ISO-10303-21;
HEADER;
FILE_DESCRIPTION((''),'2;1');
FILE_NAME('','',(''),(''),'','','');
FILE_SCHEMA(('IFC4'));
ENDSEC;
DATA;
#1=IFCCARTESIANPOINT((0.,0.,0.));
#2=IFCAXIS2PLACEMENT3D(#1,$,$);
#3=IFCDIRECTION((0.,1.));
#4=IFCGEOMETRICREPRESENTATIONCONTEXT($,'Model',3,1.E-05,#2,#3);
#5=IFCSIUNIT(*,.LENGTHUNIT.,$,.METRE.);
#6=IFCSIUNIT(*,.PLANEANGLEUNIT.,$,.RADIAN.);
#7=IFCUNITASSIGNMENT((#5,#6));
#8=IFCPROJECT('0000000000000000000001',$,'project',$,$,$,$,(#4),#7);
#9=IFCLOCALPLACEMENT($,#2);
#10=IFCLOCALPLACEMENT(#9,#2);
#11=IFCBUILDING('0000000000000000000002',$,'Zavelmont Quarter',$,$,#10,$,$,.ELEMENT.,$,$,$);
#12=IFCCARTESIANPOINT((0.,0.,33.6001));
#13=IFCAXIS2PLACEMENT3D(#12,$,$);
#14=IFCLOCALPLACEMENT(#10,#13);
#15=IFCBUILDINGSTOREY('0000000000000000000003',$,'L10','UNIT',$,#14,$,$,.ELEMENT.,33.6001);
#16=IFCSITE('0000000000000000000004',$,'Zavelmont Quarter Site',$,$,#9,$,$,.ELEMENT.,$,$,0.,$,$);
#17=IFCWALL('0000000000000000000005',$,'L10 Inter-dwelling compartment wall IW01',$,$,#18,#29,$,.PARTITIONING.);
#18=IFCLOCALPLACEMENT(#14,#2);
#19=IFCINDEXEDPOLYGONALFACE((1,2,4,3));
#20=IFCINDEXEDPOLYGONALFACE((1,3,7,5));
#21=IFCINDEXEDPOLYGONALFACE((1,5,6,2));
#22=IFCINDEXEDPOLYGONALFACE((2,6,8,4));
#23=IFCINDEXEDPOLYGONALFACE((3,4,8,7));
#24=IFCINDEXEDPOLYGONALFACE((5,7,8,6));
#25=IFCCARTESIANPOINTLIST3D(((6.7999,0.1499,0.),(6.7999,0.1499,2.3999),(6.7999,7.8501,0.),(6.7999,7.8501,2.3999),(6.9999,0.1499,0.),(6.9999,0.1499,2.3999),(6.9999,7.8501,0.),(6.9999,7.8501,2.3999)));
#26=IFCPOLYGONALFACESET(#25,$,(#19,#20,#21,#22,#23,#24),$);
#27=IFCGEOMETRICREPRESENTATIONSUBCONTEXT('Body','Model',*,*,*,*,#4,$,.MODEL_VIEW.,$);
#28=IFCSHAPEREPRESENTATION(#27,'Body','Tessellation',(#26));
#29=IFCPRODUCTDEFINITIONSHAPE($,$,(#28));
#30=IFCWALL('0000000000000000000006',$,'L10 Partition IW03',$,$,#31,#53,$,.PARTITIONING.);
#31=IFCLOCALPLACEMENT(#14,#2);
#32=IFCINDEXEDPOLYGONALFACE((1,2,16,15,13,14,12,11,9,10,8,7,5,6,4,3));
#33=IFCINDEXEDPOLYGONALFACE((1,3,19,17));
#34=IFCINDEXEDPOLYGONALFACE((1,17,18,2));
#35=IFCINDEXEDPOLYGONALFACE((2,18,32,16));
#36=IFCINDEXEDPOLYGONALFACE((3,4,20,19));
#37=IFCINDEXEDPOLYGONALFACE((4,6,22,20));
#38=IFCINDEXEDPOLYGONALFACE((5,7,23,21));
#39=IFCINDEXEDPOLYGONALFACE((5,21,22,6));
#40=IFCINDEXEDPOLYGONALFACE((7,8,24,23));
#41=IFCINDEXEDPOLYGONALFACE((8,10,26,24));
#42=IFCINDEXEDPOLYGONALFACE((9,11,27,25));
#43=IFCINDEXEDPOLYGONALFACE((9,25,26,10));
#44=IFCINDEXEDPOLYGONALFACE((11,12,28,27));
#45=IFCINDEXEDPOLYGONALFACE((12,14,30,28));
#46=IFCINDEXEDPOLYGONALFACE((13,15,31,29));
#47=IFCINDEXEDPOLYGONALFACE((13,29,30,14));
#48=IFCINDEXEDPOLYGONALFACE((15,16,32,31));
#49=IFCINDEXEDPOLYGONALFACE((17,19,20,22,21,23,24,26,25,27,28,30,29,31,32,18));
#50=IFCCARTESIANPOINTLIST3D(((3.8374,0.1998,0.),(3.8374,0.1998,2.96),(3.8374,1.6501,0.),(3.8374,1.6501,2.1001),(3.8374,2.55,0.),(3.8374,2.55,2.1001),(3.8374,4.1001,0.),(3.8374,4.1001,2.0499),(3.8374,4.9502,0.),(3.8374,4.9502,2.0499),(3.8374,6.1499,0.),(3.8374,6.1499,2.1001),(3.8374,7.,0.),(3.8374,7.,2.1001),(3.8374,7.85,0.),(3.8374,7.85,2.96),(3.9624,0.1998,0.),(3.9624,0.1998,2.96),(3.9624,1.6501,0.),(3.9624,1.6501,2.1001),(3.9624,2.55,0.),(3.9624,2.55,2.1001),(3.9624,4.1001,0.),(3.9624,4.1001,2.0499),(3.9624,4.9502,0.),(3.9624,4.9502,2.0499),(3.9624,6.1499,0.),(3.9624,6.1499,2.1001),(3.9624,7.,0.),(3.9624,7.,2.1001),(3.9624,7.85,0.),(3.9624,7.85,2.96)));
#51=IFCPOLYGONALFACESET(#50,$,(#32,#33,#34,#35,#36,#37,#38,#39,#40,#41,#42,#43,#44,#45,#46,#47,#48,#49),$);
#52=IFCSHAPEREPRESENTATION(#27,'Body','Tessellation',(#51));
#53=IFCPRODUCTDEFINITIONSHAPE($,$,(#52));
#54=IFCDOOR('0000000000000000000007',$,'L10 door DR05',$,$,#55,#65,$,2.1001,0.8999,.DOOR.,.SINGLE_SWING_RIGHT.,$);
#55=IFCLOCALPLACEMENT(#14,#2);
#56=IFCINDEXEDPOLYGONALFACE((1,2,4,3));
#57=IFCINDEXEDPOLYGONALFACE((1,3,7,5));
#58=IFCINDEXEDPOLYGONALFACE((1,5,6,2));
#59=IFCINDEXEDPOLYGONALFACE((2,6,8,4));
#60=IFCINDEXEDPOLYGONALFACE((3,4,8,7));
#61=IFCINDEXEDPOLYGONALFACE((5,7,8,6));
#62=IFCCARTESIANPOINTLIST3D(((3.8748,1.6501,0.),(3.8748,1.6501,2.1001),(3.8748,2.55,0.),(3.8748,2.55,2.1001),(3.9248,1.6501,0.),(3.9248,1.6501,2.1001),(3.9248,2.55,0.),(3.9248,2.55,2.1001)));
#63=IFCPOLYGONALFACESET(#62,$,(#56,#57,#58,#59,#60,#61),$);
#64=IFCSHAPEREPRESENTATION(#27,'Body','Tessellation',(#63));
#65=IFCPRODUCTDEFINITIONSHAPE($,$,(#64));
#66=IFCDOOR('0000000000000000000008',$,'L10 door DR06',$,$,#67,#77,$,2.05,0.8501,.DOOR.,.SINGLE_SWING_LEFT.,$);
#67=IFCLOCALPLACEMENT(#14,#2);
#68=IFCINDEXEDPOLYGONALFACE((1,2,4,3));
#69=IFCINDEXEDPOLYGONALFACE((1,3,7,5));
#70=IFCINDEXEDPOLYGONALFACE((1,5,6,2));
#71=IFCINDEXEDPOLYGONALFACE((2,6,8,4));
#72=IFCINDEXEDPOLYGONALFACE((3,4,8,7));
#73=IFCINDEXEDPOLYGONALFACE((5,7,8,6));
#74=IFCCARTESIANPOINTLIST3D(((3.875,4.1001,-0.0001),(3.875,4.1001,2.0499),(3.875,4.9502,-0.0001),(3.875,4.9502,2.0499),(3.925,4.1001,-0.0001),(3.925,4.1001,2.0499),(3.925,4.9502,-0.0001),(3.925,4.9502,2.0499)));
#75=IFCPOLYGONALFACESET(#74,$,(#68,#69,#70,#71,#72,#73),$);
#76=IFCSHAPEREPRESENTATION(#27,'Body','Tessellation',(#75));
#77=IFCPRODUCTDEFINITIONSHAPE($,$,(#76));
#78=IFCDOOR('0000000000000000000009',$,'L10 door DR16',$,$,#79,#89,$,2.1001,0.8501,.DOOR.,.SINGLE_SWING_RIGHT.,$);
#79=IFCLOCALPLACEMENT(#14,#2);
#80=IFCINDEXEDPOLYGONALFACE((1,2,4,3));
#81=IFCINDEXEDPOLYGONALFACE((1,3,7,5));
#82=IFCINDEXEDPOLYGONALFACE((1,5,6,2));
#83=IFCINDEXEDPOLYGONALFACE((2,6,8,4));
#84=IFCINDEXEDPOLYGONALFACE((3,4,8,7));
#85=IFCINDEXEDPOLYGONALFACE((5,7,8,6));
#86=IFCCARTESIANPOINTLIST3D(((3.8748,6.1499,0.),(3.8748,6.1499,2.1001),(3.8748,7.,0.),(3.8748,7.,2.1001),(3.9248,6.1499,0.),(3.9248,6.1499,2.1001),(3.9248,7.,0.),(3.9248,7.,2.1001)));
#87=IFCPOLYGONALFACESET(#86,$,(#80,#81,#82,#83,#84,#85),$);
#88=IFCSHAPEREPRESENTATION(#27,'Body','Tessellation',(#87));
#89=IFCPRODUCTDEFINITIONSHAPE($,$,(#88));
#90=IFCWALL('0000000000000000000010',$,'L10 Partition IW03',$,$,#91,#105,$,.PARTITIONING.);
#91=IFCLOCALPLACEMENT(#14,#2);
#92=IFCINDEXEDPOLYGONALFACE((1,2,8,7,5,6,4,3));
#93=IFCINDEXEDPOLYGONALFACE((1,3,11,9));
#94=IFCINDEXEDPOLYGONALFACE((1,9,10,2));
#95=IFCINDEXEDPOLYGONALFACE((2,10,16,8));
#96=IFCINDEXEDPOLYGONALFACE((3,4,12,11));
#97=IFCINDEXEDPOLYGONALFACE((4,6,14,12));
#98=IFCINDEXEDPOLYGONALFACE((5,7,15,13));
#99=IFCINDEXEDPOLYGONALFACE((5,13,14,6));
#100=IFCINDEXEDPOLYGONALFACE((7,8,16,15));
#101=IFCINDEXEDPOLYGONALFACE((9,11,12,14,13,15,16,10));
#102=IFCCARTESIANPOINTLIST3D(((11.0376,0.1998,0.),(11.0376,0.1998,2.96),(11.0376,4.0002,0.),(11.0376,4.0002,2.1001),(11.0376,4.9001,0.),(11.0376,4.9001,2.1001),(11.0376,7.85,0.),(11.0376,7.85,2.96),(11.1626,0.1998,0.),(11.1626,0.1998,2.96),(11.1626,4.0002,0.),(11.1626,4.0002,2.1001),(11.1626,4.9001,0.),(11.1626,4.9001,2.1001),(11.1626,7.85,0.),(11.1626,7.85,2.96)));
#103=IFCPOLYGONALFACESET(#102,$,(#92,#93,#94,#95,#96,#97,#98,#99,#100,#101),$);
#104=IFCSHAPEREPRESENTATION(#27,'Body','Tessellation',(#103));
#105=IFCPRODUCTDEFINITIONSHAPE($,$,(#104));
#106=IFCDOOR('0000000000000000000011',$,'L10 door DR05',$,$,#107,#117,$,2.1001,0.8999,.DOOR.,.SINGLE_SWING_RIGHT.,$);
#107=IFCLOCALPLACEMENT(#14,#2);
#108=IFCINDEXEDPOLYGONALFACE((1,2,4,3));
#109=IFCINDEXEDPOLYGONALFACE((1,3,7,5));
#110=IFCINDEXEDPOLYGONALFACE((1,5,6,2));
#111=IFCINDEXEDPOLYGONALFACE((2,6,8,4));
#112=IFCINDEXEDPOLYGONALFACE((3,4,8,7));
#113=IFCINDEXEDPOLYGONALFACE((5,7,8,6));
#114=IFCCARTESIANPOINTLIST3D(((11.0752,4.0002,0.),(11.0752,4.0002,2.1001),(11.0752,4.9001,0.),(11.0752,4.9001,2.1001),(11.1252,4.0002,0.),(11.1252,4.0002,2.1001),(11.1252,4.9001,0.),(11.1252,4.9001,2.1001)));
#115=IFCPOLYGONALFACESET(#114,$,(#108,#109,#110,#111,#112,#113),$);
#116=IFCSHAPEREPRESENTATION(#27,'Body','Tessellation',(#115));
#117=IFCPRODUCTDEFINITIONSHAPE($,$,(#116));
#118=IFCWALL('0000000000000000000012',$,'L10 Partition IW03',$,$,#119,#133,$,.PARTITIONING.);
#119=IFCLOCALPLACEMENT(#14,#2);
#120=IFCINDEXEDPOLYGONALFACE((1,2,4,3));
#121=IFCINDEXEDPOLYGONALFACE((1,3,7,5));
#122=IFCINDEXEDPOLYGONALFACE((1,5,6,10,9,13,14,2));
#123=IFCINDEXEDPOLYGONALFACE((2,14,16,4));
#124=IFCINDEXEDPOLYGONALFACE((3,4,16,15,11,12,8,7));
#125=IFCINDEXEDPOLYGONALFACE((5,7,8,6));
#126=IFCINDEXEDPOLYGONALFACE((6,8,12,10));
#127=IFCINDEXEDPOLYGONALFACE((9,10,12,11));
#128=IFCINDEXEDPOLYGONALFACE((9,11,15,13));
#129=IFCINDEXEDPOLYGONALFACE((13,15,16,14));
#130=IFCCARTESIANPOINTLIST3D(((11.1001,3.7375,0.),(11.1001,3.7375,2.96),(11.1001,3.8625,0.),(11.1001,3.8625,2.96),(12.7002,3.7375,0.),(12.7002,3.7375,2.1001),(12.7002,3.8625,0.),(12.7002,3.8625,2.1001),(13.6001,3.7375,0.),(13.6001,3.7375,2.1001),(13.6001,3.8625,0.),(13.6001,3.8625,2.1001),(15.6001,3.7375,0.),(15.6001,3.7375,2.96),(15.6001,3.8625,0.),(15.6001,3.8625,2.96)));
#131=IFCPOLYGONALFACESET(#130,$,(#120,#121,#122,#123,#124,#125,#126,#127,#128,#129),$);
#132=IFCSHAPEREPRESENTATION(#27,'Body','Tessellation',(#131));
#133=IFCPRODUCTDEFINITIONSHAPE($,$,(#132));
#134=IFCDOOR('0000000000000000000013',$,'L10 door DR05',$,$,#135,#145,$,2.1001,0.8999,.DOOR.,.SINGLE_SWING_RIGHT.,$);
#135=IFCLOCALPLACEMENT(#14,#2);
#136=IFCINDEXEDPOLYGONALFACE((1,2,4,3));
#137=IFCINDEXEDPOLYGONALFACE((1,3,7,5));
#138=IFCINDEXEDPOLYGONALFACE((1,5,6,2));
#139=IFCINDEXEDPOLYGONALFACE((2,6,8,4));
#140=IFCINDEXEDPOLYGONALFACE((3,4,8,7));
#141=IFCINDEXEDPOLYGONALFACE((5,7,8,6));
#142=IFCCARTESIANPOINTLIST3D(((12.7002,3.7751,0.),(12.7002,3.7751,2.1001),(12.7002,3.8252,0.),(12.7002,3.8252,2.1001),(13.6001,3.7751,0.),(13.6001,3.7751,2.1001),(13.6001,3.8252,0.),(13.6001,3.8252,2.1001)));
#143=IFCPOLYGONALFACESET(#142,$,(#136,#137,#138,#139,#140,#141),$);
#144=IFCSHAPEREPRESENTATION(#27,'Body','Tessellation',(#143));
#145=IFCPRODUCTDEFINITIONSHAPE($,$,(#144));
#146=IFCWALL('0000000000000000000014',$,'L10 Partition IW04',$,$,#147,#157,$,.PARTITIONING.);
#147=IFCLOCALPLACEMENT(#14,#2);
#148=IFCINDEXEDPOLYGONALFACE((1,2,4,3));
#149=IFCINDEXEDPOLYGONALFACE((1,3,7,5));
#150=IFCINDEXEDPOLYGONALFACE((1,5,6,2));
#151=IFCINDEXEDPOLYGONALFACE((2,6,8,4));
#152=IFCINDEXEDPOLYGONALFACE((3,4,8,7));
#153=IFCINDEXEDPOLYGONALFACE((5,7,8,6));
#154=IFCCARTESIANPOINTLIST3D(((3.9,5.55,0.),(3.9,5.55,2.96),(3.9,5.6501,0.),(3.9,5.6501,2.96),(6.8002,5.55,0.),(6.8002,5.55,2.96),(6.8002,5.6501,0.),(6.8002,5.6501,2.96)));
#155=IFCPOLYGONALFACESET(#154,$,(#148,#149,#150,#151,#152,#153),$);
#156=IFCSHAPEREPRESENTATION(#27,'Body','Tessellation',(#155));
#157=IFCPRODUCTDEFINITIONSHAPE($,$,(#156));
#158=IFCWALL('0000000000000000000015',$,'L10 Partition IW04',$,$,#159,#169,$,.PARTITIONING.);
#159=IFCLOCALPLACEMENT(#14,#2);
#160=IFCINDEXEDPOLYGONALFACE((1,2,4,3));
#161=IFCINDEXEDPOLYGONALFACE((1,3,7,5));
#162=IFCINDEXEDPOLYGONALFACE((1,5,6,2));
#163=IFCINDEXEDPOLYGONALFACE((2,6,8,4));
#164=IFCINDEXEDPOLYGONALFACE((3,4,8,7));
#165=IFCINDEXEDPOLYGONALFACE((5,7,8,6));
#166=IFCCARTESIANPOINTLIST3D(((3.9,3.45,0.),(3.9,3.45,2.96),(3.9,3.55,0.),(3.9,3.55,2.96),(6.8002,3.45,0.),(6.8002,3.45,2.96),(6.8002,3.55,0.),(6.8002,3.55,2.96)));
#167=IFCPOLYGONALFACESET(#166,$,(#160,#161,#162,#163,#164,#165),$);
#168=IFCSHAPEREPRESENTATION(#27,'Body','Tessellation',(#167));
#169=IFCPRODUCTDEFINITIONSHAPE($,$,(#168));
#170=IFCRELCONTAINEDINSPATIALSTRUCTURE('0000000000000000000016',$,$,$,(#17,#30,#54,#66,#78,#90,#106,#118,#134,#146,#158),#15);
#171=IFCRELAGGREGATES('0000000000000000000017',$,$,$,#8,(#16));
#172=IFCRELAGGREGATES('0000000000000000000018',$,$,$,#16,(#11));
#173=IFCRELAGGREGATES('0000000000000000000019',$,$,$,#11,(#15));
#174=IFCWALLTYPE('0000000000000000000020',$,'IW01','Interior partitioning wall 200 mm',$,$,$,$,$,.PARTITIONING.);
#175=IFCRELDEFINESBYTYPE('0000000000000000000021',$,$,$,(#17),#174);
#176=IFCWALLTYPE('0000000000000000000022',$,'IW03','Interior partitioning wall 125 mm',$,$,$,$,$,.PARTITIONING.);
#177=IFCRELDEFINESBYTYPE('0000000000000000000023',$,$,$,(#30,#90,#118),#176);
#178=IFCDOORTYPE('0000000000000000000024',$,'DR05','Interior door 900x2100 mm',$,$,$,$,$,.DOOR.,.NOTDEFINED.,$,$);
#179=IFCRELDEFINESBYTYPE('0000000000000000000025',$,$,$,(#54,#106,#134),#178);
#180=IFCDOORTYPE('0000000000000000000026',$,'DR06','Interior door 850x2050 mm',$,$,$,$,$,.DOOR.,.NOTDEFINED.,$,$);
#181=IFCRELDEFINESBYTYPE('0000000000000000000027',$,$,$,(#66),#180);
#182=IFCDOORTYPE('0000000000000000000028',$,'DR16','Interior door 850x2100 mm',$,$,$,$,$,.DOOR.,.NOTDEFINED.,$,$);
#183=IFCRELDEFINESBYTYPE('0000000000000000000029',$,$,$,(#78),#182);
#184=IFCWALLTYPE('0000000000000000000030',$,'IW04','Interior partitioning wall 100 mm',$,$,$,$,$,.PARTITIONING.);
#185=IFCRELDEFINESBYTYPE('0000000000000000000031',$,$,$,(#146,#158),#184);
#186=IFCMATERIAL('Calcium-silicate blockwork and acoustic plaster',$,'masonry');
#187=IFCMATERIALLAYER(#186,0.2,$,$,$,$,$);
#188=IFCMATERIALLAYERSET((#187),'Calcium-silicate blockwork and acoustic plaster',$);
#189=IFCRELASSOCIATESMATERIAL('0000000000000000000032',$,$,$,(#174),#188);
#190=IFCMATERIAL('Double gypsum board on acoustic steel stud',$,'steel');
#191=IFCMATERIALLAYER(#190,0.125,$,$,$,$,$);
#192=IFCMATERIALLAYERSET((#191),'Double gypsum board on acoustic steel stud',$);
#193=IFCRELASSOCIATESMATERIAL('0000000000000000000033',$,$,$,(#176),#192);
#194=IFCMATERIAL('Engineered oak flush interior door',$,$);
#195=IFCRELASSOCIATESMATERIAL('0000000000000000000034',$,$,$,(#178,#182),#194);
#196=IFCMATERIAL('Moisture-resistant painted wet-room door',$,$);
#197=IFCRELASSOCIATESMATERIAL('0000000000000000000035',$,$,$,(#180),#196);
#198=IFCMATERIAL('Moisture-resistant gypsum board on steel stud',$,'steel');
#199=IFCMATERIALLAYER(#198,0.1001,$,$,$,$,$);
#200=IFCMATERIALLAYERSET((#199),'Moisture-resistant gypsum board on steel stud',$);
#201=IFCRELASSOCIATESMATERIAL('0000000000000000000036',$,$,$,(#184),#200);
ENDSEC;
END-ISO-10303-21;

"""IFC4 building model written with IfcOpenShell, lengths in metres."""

from ifc_helpers import new_model, si_unit, direction, frame, frame_2d, origin, origin_with_axes, place, context, subcontext, project, spatial, rectangle, extrude, material, layer, layer_set, type_object, element, fill, save


model = new_model("IFC4")

# Units and contexts
model_context = context("Model", 3, precision=1e-05, world=origin(), true_north=direction((0.0, 1.0)))
body_context = subcontext(model_context, "Body", "Model", "MODEL_VIEW")
ifc_project = project(units=[si_unit("LENGTHUNIT", "METRE"), si_unit("PLANEANGLEUNIT", "RADIAN")], contexts=[model_context])

# Site, building, storey
site_placement = place(None, origin())
site = spatial("IfcSite", under=ifc_project, at=site_placement, Name="Zavelmont Quarter Site", CompositionType="ELEMENT", RefElevation=0.0)
building_placement = place(site_placement, origin())
building = spatial("IfcBuilding", under=site, at=building_placement, Name="Zavelmont Quarter", CompositionType="ELEMENT")
storey_placement = place(building_placement, frame((0.0, 0.0, 33.6001)))
storey = spatial("IfcBuildingStorey", under=building, at=storey_placement, Name="L10", Description="UNIT", CompositionType="ELEMENT", Elevation=33.6001)

# Wall
ifc_material_1 = material(Name="Calcium-silicate blockwork and acoustic plaster", Category="masonry")
ifc_layer_1 = layer(ifc_material_1, 0.2)
ifc_layer_set_1 = layer_set([ifc_layer_1], Name="Calcium-silicate blockwork and acoustic plaster")
wall_type_1 = type_object("IfcWallType", Name="IW01", Description="Interior partitioning wall 200 mm", PredefinedType="PARTITIONING", material=ifc_layer_set_1)
wall_1_placement = place(storey_placement, frame((6.8999, 7.8501, 0.0), z_axis=(0.0, 0.0, 1.0), x_axis=(0.0, -1.0, 0.0)))
element("IfcWall", 1, at=wall_1_placement, inside=storey, type_object=wall_type_1, Name="L10 Inter-dwelling compartment wall IW01", PredefinedType="PARTITIONING", context=body_context, shape_type="SweptSolid", body=[
    extrude(rectangle(XDim=7.7002, YDim=0.2, at=frame_2d((3.8501, 0.0))), origin(), (0.0, 0.0, 1.0), 2.3999),
])

# Wall, openings, doors
ifc_material_2 = material(Name="Double gypsum board on acoustic steel stud", Category="steel")
ifc_layer_2 = layer(ifc_material_2, 0.125)
ifc_layer_set_2 = layer_set([ifc_layer_2], Name="Double gypsum board on acoustic steel stud")
wall_type_2 = type_object("IfcWallType", Name="IW03", Description="Interior partitioning wall 125 mm", PredefinedType="PARTITIONING", material=ifc_layer_set_2)
wall_2_placement = place(storey_placement, frame((3.8999, 7.8501, 0.0), z_axis=(0.0, 0.0, 1.0), x_axis=(0.0, -1.0, 0.0)))
wall_2 = element("IfcWall", 2, at=wall_2_placement, inside=storey, type_object=wall_type_2, Name="L10 Partition IW03", PredefinedType="PARTITIONING", context=body_context, shape_type="SweptSolid", body=[
    extrude(rectangle(XDim=7.6501, YDim=0.125, at=frame_2d((3.8252, 0.0))), origin(), (0.0, 0.0, 1.0), 2.96),
])
opening_1_placement = place(wall_2_placement, frame((0.8501, 0.0, 0.0)))
opening_1 = element("IfcOpeningElement", 3, at=opening_1_placement, cuts=wall_2, PredefinedType="OPENING", context=body_context, shape_type="SweptSolid", body=[
    extrude(rectangle(XDim=0.8501, YDim=2.1001, at=frame_2d((0.425, 1.05))), frame((0.0, 0.0745, 0.0), z_axis=(0.0, -1.0, 0.0), x_axis=(1.0, 0.0, 0.0)), (0.0, 0.0, 1.0), 0.1489),
])
opening_2_placement = place(wall_2_placement, frame((2.8999, 0.0, 0.0)))
opening_2 = element("IfcOpeningElement", 4, at=opening_2_placement, cuts=wall_2, PredefinedType="OPENING", context=body_context, shape_type="SweptSolid", body=[
    extrude(rectangle(XDim=0.8501, YDim=2.05, at=frame_2d((0.425, 1.0249))), frame((0.0, 0.0745, 0.0), z_axis=(0.0, -1.0, 0.0), x_axis=(1.0, 0.0, 0.0)), (0.0, 0.0, 1.0), 0.1489),
])
opening_3_placement = place(wall_2_placement, frame((5.3, 0.0, 0.0)))
opening_3 = element("IfcOpeningElement", 5, at=opening_3_placement, cuts=wall_2, PredefinedType="OPENING", context=body_context, shape_type="SweptSolid", body=[
    extrude(rectangle(XDim=0.8999, YDim=2.1001, at=frame_2d((0.45, 1.05))), frame((0.0, 0.0745, 0.0), z_axis=(0.0, -1.0, 0.0), x_axis=(1.0, 0.0, 0.0)), (0.0, 0.0, 1.0), 0.1489),
])
ifc_material_3 = material(Name="Engineered oak flush interior door")
door_type_1 = type_object("IfcDoorType", Name="DR05", Description="Interior door 900x2100 mm", OperationType="NOTDEFINED", PredefinedType="DOOR", material=ifc_material_3)
door_1_placement = place(opening_3_placement, origin_with_axes())
door_1 = element("IfcDoor", 6, at=door_1_placement, inside=storey, type_object=door_type_1, Name="L10 door DR05", OperationType="SINGLE_SWING_RIGHT", OverallHeight=2.1001, OverallWidth=0.8999, PredefinedType="DOOR", context=body_context, shape_type="SweptSolid", body=[
    extrude(rectangle(XDim=0.8999, YDim=2.1001, at=frame_2d((0.45, 1.05))), frame((0.0, 0.0249, 0.0), z_axis=(0.0, -1.0, 0.0), x_axis=(1.0, 0.0, 0.0)), (0.0, 0.0, 1.0), 0.05),
])
fill(opening_3, door_1)
ifc_material_4 = material(Name="Moisture-resistant painted wet-room door")
door_type_2 = type_object("IfcDoorType", Name="DR06", Description="Interior door 850x2050 mm", OperationType="NOTDEFINED", PredefinedType="DOOR", material=ifc_material_4)
door_2_placement = place(opening_2_placement, frame((0.8501, 0.0, 0.0), z_axis=(0.0, 0.0, 1.0), x_axis=(-1.0, 0.0, 0.0)))
door_2 = element("IfcDoor", 7, at=door_2_placement, inside=storey, type_object=door_type_2, Name="L10 door DR06", OperationType="SINGLE_SWING_LEFT", OverallHeight=2.05, OverallWidth=0.8501, PredefinedType="DOOR", context=body_context, shape_type="SweptSolid", body=[
    extrude(rectangle(XDim=0.8501, YDim=2.05, at=frame_2d((0.425, 1.0249))), frame((0.0, 0.0249, 0.0), z_axis=(0.0, -1.0, 0.0), x_axis=(1.0, 0.0, 0.0)), (0.0, 0.0, 1.0), 0.05),
])
fill(opening_2, door_2)
door_type_3 = type_object("IfcDoorType", Name="DR16", Description="Interior door 850x2100 mm", OperationType="NOTDEFINED", PredefinedType="DOOR", material=ifc_material_3)
door_3_placement = place(opening_1_placement, origin_with_axes())
door_3 = element("IfcDoor", 8, at=door_3_placement, inside=storey, type_object=door_type_3, Name="L10 door DR16", OperationType="SINGLE_SWING_RIGHT", OverallHeight=2.1001, OverallWidth=0.8501, PredefinedType="DOOR", context=body_context, shape_type="SweptSolid", body=[
    extrude(rectangle(XDim=0.8501, YDim=2.1001, at=frame_2d((0.425, 1.05))), frame((0.0, 0.0249, 0.0), z_axis=(0.0, -1.0, 0.0), x_axis=(1.0, 0.0, 0.0)), (0.0, 0.0, 1.0), 0.05),
])
fill(opening_1, door_3)

# Walls, openings, doors
wall_3_placement = place(storey_placement, frame((11.1001, 7.8501, 0.0), z_axis=(0.0, 0.0, 1.0), x_axis=(0.0, -1.0, 0.0)))
wall_3 = element("IfcWall", 9, at=wall_3_placement, inside=storey, type_object=wall_type_2, Name="L10 Partition IW03", PredefinedType="PARTITIONING", context=body_context, shape_type="SweptSolid", body=[
    extrude(rectangle(XDim=7.6501, YDim=0.125, at=frame_2d((3.8252, 0.0))), origin(), (0.0, 0.0, 1.0), 2.96),
])
opening_4_placement = place(wall_3_placement, frame((2.95, 0.0, 0.0)))
opening_4 = element("IfcOpeningElement", 10, at=opening_4_placement, cuts=wall_3, PredefinedType="OPENING", context=body_context, shape_type="SweptSolid", body=[
    extrude(rectangle(XDim=0.8999, YDim=2.1001, at=frame_2d((0.45, 1.05))), frame((0.0, 0.0745, 0.0), z_axis=(0.0, -1.0, 0.0), x_axis=(1.0, 0.0, 0.0)), (0.0, 0.0, 1.0), 0.1489),
])
door_4_placement = place(opening_4_placement, frame((0.8999, 0.0, 0.0), z_axis=(0.0, 0.0, 1.0), x_axis=(-1.0, 0.0, 0.0)))
door_4 = element("IfcDoor", 11, at=door_4_placement, inside=storey, type_object=door_type_1, Name="L10 door DR05", OperationType="SINGLE_SWING_RIGHT", OverallHeight=2.1001, OverallWidth=0.8999, PredefinedType="DOOR", context=body_context, shape_type="SweptSolid", body=[
    extrude(rectangle(XDim=0.8999, YDim=2.1001, at=frame_2d((0.45, 1.05))), frame((0.0, 0.0249, 0.0), z_axis=(0.0, -1.0, 0.0), x_axis=(1.0, 0.0, 0.0)), (0.0, 0.0, 1.0), 0.05),
])
fill(opening_4, door_4)
wall_4_placement = place(storey_placement, frame((11.1001, 3.8, 0.0), z_axis=(0.0, 0.0, 1.0), x_axis=(1.0, 0.0, 0.0)))
wall_4 = element("IfcWall", 12, at=wall_4_placement, inside=storey, type_object=wall_type_2, Name="L10 Partition IW03", PredefinedType="PARTITIONING", context=body_context, shape_type="SweptSolid", body=[
    extrude(rectangle(XDim=4.5, YDim=0.125, at=frame_2d((2.25, 0.0))), origin(), (0.0, 0.0, 1.0), 2.96),
])
opening_5_placement = place(wall_4_placement, frame((1.6001, 0.0, 0.0)))
opening_5 = element("IfcOpeningElement", 13, at=opening_5_placement, cuts=wall_4, PredefinedType="OPENING", context=body_context, shape_type="SweptSolid", body=[
    extrude(rectangle(XDim=0.8999, YDim=2.1001, at=frame_2d((0.45, 1.05))), frame((0.0, 0.0745, 0.0), z_axis=(0.0, -1.0, 0.0), x_axis=(1.0, 0.0, 0.0)), (0.0, 0.0, 1.0), 0.1489),
])
door_5_placement = place(opening_5_placement, frame((0.8999, 0.0, 0.0), z_axis=(0.0, 0.0, 1.0), x_axis=(-1.0, 0.0, 0.0)))
door_5 = element("IfcDoor", 14, at=door_5_placement, inside=storey, type_object=door_type_1, Name="L10 door DR05", OperationType="SINGLE_SWING_RIGHT", OverallHeight=2.1001, OverallWidth=0.8999, PredefinedType="DOOR", context=body_context, shape_type="SweptSolid", body=[
    extrude(rectangle(XDim=0.8999, YDim=2.1001, at=frame_2d((0.45, 1.05))), frame((0.0, 0.0249, 0.0), z_axis=(0.0, -1.0, 0.0), x_axis=(1.0, 0.0, 0.0)), (0.0, 0.0, 1.0), 0.05),
])
fill(opening_5, door_5)

# Walls
ifc_material_5 = material(Name="Moisture-resistant gypsum board on steel stud", Category="steel")
ifc_layer_3 = layer(ifc_material_5, 0.1001)
ifc_layer_set_3 = layer_set([ifc_layer_3], Name="Moisture-resistant gypsum board on steel stud")
wall_type_3 = type_object("IfcWallType", Name="IW04", Description="Interior partitioning wall 100 mm", PredefinedType="PARTITIONING", material=ifc_layer_set_3)
for number, where, z_axis, x_axis, name in (
    (15, (3.8999, 5.6001, 0.0), (0.0, 0.0, 1.0), (1.0, 0.0, 0.0), "L10 Partition IW04"),
    (16, (3.8999, 3.5, 0.0), (0.0, 0.0, 1.0), (1.0, 0.0, 0.0), "L10 Partition IW04"),
):
    element("IfcWall", number, at=place(storey_placement, frame(where, z_axis=z_axis, x_axis=x_axis)), inside=storey, type_object=wall_type_3, Name=name, PredefinedType="PARTITIONING", context=body_context, shape_type="SweptSolid", body=[
        extrude(rectangle(XDim=2.9001, YDim=0.1001, at=frame_2d((1.4502, 0.0))), origin(), (0.0, 0.0, 1.0), 2.96),
    ])

save(model, "model.ifc")
